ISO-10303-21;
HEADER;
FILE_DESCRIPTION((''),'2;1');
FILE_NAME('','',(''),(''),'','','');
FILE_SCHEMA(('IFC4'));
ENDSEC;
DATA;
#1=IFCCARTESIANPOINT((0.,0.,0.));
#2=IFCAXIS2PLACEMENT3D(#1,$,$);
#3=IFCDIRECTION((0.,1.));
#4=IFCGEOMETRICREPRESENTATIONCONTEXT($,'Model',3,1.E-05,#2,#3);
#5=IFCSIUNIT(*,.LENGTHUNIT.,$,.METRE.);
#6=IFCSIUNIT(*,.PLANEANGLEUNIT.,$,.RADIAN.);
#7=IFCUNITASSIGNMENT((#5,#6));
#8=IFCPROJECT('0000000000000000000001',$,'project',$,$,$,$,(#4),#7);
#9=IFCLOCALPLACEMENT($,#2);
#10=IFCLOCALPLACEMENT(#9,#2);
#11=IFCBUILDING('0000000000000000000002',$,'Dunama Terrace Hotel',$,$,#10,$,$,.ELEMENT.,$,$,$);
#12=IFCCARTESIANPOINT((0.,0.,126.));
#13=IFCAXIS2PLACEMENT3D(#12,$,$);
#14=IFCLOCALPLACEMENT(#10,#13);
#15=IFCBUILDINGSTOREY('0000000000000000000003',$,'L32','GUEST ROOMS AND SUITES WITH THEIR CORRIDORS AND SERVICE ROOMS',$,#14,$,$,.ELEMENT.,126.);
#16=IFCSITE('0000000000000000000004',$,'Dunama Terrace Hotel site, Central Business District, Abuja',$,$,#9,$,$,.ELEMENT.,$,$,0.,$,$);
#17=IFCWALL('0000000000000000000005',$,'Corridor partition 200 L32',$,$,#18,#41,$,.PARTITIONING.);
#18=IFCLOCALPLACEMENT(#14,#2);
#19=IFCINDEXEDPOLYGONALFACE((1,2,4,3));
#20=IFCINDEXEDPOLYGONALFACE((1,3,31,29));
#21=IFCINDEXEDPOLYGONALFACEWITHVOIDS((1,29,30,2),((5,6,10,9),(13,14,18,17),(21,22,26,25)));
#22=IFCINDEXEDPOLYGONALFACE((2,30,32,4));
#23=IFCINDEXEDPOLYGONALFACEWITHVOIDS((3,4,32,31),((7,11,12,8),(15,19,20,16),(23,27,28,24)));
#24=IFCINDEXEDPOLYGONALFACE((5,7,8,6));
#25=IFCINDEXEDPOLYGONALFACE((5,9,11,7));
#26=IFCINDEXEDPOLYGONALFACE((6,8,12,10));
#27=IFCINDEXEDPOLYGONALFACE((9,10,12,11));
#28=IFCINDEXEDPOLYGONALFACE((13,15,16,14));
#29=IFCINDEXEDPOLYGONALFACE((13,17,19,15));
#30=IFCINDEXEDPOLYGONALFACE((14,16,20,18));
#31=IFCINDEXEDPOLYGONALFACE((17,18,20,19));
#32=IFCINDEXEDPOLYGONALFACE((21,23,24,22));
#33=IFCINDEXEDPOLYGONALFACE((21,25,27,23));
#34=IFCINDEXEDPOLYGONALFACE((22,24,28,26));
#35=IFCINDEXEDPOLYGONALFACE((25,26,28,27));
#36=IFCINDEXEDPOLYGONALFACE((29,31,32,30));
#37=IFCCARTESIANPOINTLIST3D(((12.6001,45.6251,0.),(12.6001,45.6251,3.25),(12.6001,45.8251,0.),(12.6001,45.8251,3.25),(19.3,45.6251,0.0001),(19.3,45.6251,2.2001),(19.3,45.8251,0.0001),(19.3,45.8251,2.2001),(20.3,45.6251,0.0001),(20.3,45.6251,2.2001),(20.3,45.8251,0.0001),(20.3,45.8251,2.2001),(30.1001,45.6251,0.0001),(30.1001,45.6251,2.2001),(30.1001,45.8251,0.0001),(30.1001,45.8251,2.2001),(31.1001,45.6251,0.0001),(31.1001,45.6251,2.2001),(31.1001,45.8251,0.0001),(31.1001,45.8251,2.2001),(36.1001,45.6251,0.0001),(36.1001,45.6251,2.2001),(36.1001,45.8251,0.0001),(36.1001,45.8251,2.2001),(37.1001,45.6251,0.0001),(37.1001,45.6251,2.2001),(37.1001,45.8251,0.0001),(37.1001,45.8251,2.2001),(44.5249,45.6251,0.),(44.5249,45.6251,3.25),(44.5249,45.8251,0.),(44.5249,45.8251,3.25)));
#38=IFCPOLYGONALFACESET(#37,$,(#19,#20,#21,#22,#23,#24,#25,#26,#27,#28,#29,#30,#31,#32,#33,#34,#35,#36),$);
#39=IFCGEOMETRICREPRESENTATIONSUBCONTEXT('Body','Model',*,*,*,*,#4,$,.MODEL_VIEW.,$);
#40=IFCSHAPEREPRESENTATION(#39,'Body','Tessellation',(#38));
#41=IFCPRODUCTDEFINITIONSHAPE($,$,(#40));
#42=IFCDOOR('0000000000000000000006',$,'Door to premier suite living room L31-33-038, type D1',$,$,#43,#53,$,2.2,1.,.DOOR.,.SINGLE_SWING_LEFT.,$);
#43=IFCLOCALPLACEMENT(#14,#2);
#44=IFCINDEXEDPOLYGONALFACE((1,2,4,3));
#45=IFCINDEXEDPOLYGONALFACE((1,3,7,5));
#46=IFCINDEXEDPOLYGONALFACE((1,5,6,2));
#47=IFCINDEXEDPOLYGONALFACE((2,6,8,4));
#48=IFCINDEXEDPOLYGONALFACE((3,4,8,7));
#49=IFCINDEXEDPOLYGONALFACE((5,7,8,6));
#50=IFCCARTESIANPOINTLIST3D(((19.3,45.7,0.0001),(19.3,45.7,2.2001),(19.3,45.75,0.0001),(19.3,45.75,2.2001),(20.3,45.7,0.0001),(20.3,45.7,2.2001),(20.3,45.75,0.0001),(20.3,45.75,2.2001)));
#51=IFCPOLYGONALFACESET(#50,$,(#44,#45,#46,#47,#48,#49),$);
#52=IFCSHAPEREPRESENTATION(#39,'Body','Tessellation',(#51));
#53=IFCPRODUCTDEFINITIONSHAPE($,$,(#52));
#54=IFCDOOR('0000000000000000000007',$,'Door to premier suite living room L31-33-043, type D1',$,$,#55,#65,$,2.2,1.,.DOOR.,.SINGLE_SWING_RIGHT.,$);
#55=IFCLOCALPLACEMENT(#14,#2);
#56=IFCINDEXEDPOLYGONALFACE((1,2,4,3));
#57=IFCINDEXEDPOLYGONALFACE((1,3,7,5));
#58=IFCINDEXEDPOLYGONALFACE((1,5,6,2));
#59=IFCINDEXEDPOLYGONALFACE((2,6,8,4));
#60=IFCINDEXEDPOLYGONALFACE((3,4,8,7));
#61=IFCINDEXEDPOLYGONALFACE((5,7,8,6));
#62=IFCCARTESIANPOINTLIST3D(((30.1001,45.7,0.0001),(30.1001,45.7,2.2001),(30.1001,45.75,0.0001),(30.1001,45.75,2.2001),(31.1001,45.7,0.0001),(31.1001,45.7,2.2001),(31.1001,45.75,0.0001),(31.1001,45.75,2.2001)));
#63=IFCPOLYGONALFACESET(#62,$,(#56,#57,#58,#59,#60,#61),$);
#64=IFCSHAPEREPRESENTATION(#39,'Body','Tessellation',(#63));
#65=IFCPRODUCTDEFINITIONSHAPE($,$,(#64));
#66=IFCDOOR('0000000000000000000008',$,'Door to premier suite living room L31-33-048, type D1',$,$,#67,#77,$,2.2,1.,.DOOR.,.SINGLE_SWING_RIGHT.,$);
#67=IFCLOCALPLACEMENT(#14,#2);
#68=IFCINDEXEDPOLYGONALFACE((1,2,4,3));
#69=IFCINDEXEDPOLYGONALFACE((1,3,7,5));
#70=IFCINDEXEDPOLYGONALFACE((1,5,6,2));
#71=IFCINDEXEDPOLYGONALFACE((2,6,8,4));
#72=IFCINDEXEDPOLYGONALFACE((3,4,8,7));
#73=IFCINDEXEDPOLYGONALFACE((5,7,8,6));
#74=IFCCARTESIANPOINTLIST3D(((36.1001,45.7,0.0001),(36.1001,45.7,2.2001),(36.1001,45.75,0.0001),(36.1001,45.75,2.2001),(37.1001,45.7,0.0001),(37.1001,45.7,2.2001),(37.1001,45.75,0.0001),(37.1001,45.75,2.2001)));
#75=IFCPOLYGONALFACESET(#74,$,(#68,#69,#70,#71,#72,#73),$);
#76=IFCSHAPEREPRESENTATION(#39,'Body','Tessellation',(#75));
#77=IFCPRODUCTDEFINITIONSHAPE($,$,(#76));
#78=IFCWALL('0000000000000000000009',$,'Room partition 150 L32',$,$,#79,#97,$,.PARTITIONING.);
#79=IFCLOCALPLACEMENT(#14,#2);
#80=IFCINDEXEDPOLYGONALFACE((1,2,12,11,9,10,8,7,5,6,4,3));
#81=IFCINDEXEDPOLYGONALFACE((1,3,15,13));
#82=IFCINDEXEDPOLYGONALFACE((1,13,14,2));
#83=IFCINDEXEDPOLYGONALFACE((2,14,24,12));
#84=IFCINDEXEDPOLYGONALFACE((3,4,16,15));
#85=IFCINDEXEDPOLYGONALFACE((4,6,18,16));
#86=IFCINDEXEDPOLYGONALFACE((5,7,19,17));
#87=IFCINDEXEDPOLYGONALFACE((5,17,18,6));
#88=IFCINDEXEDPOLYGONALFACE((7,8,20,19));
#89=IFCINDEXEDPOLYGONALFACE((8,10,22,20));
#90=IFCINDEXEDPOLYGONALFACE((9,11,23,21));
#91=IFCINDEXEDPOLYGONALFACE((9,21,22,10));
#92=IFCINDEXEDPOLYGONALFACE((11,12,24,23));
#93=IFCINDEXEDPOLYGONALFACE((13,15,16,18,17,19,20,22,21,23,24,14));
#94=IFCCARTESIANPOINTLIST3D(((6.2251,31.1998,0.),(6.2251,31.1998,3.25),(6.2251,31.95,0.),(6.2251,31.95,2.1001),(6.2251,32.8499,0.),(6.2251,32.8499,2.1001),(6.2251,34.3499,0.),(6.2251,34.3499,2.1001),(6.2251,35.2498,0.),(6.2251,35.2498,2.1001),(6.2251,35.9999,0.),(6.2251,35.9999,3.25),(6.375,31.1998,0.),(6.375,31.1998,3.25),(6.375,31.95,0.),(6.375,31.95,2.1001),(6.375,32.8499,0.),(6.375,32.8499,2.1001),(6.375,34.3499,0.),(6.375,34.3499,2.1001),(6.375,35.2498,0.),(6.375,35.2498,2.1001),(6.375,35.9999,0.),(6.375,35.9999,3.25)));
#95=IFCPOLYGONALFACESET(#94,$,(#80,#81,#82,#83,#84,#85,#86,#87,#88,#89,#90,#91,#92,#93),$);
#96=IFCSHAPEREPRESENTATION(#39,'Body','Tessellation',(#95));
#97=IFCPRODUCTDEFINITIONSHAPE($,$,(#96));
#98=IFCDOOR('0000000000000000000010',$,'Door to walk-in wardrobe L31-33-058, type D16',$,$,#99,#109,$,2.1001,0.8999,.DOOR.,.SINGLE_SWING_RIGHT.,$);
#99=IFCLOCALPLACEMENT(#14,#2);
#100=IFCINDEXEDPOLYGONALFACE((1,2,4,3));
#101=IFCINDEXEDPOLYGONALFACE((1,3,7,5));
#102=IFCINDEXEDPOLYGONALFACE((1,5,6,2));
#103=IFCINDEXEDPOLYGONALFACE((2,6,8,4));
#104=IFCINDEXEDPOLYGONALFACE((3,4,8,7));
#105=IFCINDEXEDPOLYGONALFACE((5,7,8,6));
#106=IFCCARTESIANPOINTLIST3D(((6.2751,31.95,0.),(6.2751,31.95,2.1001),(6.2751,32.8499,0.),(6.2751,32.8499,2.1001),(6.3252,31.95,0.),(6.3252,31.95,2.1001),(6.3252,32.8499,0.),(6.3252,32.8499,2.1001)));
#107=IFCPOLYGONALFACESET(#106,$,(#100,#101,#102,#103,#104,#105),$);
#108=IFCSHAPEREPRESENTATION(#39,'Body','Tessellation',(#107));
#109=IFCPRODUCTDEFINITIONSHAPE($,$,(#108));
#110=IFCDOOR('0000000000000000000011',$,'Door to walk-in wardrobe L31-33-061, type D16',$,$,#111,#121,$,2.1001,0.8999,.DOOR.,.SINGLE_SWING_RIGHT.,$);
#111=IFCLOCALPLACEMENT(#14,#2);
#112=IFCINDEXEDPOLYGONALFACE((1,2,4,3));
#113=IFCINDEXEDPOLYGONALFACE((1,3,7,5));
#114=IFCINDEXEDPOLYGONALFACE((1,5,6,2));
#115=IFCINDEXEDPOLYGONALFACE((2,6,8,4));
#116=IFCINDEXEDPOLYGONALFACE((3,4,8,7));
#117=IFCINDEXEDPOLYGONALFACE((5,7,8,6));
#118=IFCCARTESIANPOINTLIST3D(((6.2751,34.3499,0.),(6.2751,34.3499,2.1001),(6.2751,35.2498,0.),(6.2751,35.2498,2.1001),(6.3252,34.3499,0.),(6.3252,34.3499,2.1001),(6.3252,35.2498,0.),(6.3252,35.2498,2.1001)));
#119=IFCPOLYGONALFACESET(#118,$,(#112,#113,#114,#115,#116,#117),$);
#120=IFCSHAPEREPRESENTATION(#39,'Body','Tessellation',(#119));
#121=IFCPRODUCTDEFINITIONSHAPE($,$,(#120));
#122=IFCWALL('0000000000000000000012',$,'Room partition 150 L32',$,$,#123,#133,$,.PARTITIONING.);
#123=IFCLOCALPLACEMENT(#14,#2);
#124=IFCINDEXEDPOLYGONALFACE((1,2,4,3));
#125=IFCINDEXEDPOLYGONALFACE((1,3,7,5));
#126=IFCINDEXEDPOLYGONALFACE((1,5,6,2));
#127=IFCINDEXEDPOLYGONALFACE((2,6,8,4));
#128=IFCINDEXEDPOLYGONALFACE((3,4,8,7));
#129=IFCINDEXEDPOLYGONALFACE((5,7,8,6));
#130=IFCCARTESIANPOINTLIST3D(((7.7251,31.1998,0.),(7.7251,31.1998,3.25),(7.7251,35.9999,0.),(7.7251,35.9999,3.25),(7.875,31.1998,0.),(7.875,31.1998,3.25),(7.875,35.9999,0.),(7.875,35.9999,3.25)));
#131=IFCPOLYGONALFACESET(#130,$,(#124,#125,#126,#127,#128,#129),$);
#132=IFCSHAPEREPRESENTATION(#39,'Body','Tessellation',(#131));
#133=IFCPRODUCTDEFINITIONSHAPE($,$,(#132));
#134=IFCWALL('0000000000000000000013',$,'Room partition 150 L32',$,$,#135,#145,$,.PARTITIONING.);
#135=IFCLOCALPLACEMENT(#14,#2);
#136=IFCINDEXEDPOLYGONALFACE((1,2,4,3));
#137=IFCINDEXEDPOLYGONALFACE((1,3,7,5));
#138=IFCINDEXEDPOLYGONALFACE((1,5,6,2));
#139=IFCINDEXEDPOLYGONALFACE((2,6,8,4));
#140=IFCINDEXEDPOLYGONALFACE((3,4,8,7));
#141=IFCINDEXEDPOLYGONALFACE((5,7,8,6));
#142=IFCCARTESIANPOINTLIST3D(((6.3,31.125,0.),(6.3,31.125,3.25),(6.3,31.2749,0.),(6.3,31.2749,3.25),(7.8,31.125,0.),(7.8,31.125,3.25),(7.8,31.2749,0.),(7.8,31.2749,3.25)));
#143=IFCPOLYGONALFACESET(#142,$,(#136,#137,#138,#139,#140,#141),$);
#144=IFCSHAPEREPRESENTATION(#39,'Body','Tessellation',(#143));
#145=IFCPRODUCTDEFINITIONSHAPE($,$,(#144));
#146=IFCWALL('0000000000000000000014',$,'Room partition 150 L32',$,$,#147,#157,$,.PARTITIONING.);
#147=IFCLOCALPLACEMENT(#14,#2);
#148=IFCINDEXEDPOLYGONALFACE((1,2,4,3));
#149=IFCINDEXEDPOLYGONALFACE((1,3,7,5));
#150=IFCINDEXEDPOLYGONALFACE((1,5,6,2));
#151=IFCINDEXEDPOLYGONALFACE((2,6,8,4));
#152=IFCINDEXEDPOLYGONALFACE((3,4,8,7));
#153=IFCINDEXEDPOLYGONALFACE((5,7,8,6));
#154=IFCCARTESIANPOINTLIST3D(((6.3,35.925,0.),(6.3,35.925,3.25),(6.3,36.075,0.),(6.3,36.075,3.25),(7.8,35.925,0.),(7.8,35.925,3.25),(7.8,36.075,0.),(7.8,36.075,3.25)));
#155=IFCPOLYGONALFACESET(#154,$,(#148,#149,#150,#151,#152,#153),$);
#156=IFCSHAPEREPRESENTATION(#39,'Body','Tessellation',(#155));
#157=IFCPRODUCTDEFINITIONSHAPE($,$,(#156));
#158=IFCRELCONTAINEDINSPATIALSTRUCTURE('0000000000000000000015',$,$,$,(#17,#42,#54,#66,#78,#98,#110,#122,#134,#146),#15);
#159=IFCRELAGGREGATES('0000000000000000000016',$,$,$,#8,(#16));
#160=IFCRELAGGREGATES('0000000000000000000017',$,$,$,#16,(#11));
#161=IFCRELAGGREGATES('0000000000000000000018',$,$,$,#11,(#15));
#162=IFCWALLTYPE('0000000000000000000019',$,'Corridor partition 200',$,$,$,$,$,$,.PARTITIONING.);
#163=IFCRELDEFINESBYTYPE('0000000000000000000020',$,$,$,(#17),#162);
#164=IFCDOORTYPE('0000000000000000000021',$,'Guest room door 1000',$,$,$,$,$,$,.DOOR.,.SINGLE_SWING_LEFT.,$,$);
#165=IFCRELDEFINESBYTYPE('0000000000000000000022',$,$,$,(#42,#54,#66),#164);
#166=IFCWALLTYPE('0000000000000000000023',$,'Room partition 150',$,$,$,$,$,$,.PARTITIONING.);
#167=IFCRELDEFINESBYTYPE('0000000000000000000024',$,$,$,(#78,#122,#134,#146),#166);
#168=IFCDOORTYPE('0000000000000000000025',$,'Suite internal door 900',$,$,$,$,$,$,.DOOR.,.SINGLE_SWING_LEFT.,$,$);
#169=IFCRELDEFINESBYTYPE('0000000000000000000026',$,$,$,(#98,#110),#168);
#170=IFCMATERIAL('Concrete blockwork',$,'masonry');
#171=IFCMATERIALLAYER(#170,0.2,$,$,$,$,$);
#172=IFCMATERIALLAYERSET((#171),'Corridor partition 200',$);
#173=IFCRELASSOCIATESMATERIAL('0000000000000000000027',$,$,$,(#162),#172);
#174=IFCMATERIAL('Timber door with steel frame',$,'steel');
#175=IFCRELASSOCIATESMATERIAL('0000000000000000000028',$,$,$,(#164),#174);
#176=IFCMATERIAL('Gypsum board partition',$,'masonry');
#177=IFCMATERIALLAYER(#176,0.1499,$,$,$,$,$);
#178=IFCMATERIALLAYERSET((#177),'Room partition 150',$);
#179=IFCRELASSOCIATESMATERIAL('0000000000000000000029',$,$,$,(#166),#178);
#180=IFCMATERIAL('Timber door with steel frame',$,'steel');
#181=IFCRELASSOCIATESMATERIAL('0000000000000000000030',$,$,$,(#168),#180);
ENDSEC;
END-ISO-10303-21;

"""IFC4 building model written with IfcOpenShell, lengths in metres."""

from ifc_helpers import new_model, si_unit, direction, frame, frame_2d, origin, place, context, subcontext, project, spatial, rectangle, extrude, material, layer, layer_set, type_object, element, fill, save


model = new_model("IFC4")

# Units and contexts
model_context = context("Model", 3, precision=1e-05, world=origin(), true_north=direction((0.0, 1.0)))
body_context = subcontext(model_context, "Body", "Model", "MODEL_VIEW")
ifc_project = project(units=[si_unit("LENGTHUNIT", "METRE"), si_unit("PLANEANGLEUNIT", "RADIAN")], contexts=[model_context])

# Site, building, storey
site_placement = place(None, origin())
site = spatial("IfcSite", under=ifc_project, at=site_placement, Name="Dunama Terrace Hotel site, Central Business District, Abuja", CompositionType="ELEMENT", RefElevation=0.0)
building_placement = place(site_placement, origin())
building = spatial("IfcBuilding", under=site, at=building_placement, Name="Dunama Terrace Hotel", CompositionType="ELEMENT")
storey_placement = place(building_placement, frame((0.0, 0.0, 126.0)))
storey = spatial("IfcBuildingStorey", under=building, at=storey_placement, Name="L32", Description="GUEST ROOMS AND SUITES WITH THEIR CORRIDORS AND SERVICE ROOMS", CompositionType="ELEMENT", Elevation=126.0)

# Walls, openings, doors
ifc_material_1 = material(Name="Concrete blockwork", Category="masonry")
ifc_layer_1 = layer(ifc_material_1, 0.2)
ifc_layer_set_1 = layer_set([ifc_layer_1], Name="Corridor partition 200")
wall_type_1 = type_object("IfcWallType", Name="Corridor partition 200", PredefinedType="PARTITIONING", material=ifc_layer_set_1)
wall_1_placement = place(storey_placement, frame((12.6001, 45.7251, 0.0), z_axis=(0.0, 0.0, 1.0), x_axis=(1.0, 0.0, 0.0)))
wall_1 = element("IfcWall", 1, at=wall_1_placement, inside=storey, type_object=wall_type_1, Name="Corridor partition 200 L32", PredefinedType="PARTITIONING", context=body_context, shape_type="SweptSolid", body=[
    extrude(rectangle(XDim=31.9248, YDim=0.2, at=frame_2d((15.9624, 0.0))), origin(), (0.0, 0.0, 1.0), 3.25),
])
opening_1_placement = place(wall_1_placement, frame((6.7, 0.0, 0.0)))
opening_1 = element("IfcOpeningElement", 2, at=opening_1_placement, cuts=wall_1, PredefinedType="OPENING", context=body_context, shape_type="SweptSolid", body=[
    extrude(rectangle(XDim=1.0, YDim=2.2, at=frame_2d((0.5, 1.1001))), frame((0.0, 0.1099, 0.0), z_axis=(0.0, -1.0, 0.0), x_axis=(1.0, 0.0, 0.0)), (0.0, 0.0, 1.0), 0.22),
])
opening_2_placement = place(wall_1_placement, frame((17.5, 0.0, 0.0)))
opening_2 = element("IfcOpeningElement", 3, at=opening_2_placement, cuts=wall_1, PredefinedType="OPENING", context=body_context, shape_type="SweptSolid", body=[
    extrude(rectangle(XDim=1.0, YDim=2.2, at=frame_2d((0.5, 1.1001))), frame((0.0, 0.1099, 0.0), z_axis=(0.0, -1.0, 0.0), x_axis=(1.0, 0.0, 0.0)), (0.0, 0.0, 1.0), 0.22),
])
opening_3_placement = place(wall_1_placement, frame((23.5, 0.0, 0.0)))
opening_3 = element("IfcOpeningElement", 4, at=opening_3_placement, cuts=wall_1, PredefinedType="OPENING", context=body_context, shape_type="SweptSolid", body=[
    extrude(rectangle(XDim=1.0, YDim=2.2, at=frame_2d((0.5, 1.1001))), frame((0.0, 0.1099, 0.0), z_axis=(0.0, -1.0, 0.0), x_axis=(1.0, 0.0, 0.0)), (0.0, 0.0, 1.0), 0.22),
])
ifc_material_2 = material(Name="Timber door with steel frame", Category="steel")
door_type_1 = type_object("IfcDoorType", Name="Guest room door 1000", OperationType="SINGLE_SWING_LEFT", PredefinedType="DOOR", material=ifc_material_2)
door_1_placement = place(opening_1_placement, origin())
door_1 = element("IfcDoor", 5, at=door_1_placement, inside=storey, type_object=door_type_1, Name="Door to premier suite living room L31-33-038, type D1", OperationType="SINGLE_SWING_LEFT", OverallHeight=2.2, OverallWidth=1.0, PredefinedType="DOOR", context=body_context, shape_type="SweptSolid", body=[
    extrude(rectangle(XDim=1.0, YDim=2.2, at=frame_2d((0.5, 1.1001))), frame((0.0, 0.0249, 0.0), z_axis=(0.0, -1.0, 0.0), x_axis=(1.0, 0.0, 0.0)), (0.0, 0.0, 1.0), 0.05),
])
fill(opening_1, door_1)
door_2_placement = place(opening_2_placement, origin())
door_2 = element("IfcDoor", 6, at=door_2_placement, inside=storey, type_object=door_type_1, Name="Door to premier suite living room L31-33-043, type D1", OperationType="SINGLE_SWING_RIGHT", OverallHeight=2.2, OverallWidth=1.0, PredefinedType="DOOR", context=body_context, shape_type="SweptSolid", body=[
    extrude(rectangle(XDim=1.0, YDim=2.2, at=frame_2d((0.5, 1.1001))), frame((0.0, 0.0249, 0.0), z_axis=(0.0, -1.0, 0.0), x_axis=(1.0, 0.0, 0.0)), (0.0, 0.0, 1.0), 0.05),
])
fill(opening_2, door_2)
door_3_placement = place(opening_3_placement, origin())
door_3 = element("IfcDoor", 7, at=door_3_placement, inside=storey, type_object=door_type_1, Name="Door to premier suite living room L31-33-048, type D1", OperationType="SINGLE_SWING_RIGHT", OverallHeight=2.2, OverallWidth=1.0, PredefinedType="DOOR", context=body_context, shape_type="SweptSolid", body=[
    extrude(rectangle(XDim=1.0, YDim=2.2, at=frame_2d((0.5, 1.1001))), frame((0.0, 0.0249, 0.0), z_axis=(0.0, -1.0, 0.0), x_axis=(1.0, 0.0, 0.0)), (0.0, 0.0, 1.0), 0.05),
])
fill(opening_3, door_3)
ifc_material_3 = material(Name="Gypsum board partition", Category="masonry")
ifc_layer_2 = layer(ifc_material_3, 0.1499)
ifc_layer_set_2 = layer_set([ifc_layer_2], Name="Room partition 150")
wall_type_2 = type_object("IfcWallType", Name="Room partition 150", PredefinedType="PARTITIONING", material=ifc_layer_set_2)
wall_2_placement = place(storey_placement, frame((6.3, 31.2, 0.0), z_axis=(0.0, 0.0, 1.0), x_axis=(0.0, 1.0, 0.0)))
wall_2 = element("IfcWall", 8, at=wall_2_placement, inside=storey, type_object=wall_type_2, Name="Room partition 150 L32", PredefinedType="PARTITIONING", context=body_context, shape_type="SweptSolid", body=[
    extrude(rectangle(XDim=4.8, YDim=0.1499, at=frame_2d((2.3999, 0.0))), origin(), (0.0, 0.0, 1.0), 3.25),
])
opening_4_placement = place(wall_2_placement, frame((0.75, 0.0, 0.0)))
opening_4 = element("IfcOpeningElement", 9, at=opening_4_placement, cuts=wall_2, PredefinedType="OPENING", context=body_context, shape_type="SweptSolid", body=[
    extrude(rectangle(XDim=0.8999, YDim=2.1001, at=frame_2d((0.45, 1.05))), frame((0.0, 0.085, 0.0), z_axis=(0.0, -1.0, 0.0), x_axis=(1.0, 0.0, 0.0)), (0.0, 0.0, 1.0), 0.1699),
])
opening_5_placement = place(wall_2_placement, frame((3.1499, 0.0, 0.0)))
opening_5 = element("IfcOpeningElement", 10, at=opening_5_placement, cuts=wall_2, PredefinedType="OPENING", context=body_context, shape_type="SweptSolid", body=[
    extrude(rectangle(XDim=0.8999, YDim=2.1001, at=frame_2d((0.45, 1.05))), frame((0.0, 0.085, 0.0), z_axis=(0.0, -1.0, 0.0), x_axis=(1.0, 0.0, 0.0)), (0.0, 0.0, 1.0), 0.1699),
])
ifc_material_4 = material(Name="Timber door with steel frame", Category="steel")
door_type_2 = type_object("IfcDoorType", Name="Suite internal door 900", OperationType="SINGLE_SWING_LEFT", PredefinedType="DOOR", material=ifc_material_4)
door_4_placement = place(opening_4_placement, frame((0.8999, 0.0, 0.0), z_axis=(0.0, 0.0, 1.0), x_axis=(-1.0, 0.0, 0.0)))
door_4 = element("IfcDoor", 11, at=door_4_placement, inside=storey, type_object=door_type_2, Name="Door to walk-in wardrobe L31-33-058, type D16", OperationType="SINGLE_SWING_RIGHT", OverallHeight=2.1001, OverallWidth=0.8999, PredefinedType="DOOR", context=body_context, shape_type="SweptSolid", body=[
    extrude(rectangle(XDim=0.8999, YDim=2.1001, at=frame_2d((0.45, 1.05))), frame((0.0, 0.0251, 0.0), z_axis=(0.0, -1.0, 0.0), x_axis=(1.0, 0.0, 0.0)), (0.0, 0.0, 1.0), 0.05),
])
fill(opening_4, door_4)
door_5_placement = place(opening_5_placement, frame((0.8999, 0.0, 0.0), z_axis=(0.0, 0.0, 1.0), x_axis=(-1.0, 0.0, 0.0)))
door_5 = element("IfcDoor", 12, at=door_5_placement, inside=storey, type_object=door_type_2, Name="Door to walk-in wardrobe L31-33-061, type D16", OperationType="SINGLE_SWING_RIGHT", OverallHeight=2.1001, OverallWidth=0.8999, PredefinedType="DOOR", context=body_context, shape_type="SweptSolid", body=[
    extrude(rectangle(XDim=0.8999, YDim=2.1001, at=frame_2d((0.45, 1.05))), frame((0.0, 0.0251, 0.0), z_axis=(0.0, -1.0, 0.0), x_axis=(1.0, 0.0, 0.0)), (0.0, 0.0, 1.0), 0.05),
])
fill(opening_5, door_5)

# Walls
wall_3_placement = place(storey_placement, frame((7.8, 31.2, 0.0), z_axis=(0.0, 0.0, 1.0), x_axis=(0.0, 1.0, 0.0)))
element("IfcWall", 13, at=wall_3_placement, inside=storey, type_object=wall_type_2, Name="Room partition 150 L32", PredefinedType="PARTITIONING", context=body_context, shape_type="SweptSolid", body=[
    extrude(rectangle(XDim=4.8, YDim=0.1499, at=frame_2d((2.3999, 0.0))), origin(), (0.0, 0.0, 1.0), 3.25),
])
for number, where, z_axis, x_axis, name in (
    (14, (6.3, 31.2, 0.0), (0.0, 0.0, 1.0), (1.0, 0.0, 0.0), "Room partition 150 L32"),
    (15, (6.3, 36.0, 0.0), (0.0, 0.0, 1.0), (1.0, 0.0, 0.0), "Room partition 150 L32"),
):
    element("IfcWall", number, at=place(storey_placement, frame(where, z_axis=z_axis, x_axis=x_axis)), inside=storey, type_object=wall_type_2, Name=name, PredefinedType="PARTITIONING", context=body_context, shape_type="SweptSolid", body=[
        extrude(rectangle(XDim=1.5, YDim=0.1499, at=frame_2d((0.75, 0.0))), origin(), (0.0, 0.0, 1.0), 3.25),
    ])

save(model, "model.ifc")
